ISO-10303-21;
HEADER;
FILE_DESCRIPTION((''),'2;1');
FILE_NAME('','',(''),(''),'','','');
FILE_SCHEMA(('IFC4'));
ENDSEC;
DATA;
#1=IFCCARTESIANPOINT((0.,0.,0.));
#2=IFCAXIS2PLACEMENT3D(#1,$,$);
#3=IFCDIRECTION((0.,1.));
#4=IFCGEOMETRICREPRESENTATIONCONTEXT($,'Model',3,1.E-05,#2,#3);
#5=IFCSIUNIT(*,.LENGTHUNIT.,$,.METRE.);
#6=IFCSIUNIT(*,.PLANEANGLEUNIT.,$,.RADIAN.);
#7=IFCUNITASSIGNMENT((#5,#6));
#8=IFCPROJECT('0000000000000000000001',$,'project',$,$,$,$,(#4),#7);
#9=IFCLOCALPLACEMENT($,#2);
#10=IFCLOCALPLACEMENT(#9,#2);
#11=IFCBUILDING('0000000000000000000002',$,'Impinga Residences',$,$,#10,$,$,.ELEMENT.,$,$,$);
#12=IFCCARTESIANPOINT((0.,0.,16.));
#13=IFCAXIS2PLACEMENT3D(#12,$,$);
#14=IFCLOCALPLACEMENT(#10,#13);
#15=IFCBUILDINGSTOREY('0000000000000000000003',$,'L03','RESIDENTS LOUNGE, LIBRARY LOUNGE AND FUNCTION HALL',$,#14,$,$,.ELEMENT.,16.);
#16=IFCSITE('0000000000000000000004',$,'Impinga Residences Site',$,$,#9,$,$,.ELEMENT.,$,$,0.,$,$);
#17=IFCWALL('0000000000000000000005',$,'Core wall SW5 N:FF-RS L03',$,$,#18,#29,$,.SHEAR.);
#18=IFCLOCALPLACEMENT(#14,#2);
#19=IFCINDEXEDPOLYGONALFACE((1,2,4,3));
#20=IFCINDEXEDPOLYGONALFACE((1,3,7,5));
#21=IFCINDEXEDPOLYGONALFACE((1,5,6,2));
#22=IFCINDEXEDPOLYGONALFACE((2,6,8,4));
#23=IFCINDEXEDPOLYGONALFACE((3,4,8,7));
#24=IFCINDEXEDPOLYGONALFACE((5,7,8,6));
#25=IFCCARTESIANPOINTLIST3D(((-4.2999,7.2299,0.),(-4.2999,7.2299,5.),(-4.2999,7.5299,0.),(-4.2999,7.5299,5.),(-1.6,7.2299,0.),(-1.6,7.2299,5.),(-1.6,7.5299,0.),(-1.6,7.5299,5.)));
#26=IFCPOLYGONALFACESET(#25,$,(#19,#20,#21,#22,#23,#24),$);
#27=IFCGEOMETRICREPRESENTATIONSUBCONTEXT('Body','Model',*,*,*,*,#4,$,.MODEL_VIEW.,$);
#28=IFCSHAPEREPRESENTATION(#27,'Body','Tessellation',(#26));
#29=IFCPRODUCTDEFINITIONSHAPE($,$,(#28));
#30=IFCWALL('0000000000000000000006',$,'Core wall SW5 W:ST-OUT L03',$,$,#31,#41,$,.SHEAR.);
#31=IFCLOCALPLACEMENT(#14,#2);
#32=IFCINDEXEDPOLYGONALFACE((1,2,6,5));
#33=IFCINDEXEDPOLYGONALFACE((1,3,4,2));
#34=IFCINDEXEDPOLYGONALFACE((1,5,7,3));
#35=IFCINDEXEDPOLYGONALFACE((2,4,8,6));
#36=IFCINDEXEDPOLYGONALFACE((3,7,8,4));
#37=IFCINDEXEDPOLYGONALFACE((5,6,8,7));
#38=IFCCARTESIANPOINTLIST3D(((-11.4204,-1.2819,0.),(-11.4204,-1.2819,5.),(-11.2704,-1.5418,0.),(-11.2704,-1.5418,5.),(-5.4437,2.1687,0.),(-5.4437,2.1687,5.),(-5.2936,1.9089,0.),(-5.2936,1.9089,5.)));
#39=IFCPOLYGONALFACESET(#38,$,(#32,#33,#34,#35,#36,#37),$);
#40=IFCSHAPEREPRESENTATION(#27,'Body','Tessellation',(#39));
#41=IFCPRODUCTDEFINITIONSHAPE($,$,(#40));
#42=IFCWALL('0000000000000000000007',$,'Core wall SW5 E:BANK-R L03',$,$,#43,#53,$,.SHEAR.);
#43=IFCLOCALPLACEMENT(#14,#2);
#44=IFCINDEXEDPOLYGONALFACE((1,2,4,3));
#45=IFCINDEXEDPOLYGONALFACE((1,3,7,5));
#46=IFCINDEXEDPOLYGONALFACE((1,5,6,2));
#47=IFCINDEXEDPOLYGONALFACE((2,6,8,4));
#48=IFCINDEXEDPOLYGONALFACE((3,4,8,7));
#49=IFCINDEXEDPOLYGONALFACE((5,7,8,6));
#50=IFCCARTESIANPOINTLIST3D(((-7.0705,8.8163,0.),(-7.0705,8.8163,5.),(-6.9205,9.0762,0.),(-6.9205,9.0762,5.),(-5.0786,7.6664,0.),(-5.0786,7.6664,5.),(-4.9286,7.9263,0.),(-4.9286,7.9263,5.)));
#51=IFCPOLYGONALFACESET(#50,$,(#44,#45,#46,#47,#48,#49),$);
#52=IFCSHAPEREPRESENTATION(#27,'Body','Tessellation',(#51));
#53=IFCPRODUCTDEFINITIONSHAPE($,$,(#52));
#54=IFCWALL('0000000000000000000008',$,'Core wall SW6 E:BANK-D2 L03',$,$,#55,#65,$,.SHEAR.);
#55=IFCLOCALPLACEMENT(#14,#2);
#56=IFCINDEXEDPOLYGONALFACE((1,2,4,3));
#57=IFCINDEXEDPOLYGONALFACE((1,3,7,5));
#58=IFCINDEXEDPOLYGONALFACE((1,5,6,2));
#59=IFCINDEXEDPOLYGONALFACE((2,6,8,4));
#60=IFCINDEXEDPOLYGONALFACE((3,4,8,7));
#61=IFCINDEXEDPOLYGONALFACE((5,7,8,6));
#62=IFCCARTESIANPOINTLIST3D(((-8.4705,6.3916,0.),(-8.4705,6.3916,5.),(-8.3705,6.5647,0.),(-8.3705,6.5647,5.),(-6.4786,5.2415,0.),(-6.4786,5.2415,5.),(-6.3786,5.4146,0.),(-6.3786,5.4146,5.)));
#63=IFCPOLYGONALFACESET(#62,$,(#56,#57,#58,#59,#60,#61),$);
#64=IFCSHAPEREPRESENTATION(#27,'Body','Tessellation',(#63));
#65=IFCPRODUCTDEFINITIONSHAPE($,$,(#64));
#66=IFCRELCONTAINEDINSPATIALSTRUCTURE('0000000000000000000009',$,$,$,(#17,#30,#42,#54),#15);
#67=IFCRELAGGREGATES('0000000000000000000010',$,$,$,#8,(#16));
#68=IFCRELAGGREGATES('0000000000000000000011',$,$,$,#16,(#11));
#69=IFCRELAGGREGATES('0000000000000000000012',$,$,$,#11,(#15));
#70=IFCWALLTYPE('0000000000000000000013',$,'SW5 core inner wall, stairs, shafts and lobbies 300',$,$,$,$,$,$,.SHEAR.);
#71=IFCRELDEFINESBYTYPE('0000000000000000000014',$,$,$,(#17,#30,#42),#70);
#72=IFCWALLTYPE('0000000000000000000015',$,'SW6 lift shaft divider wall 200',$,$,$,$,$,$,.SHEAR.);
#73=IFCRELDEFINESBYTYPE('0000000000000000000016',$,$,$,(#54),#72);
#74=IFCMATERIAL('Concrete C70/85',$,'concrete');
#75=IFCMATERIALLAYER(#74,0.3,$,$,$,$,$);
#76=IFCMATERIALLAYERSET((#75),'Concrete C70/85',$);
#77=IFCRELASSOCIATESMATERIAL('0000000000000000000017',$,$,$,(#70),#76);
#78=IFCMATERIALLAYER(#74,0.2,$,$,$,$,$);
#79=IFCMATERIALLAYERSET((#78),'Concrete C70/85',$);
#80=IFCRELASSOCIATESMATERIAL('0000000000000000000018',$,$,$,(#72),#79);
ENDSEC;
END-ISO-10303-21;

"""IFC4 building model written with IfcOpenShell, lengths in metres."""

from ifc_helpers import new_model, si_unit, direction, frame, frame_2d, origin, place, context, subcontext, project, spatial, rectangle, extrude, material, layer, layer_set, type_object, element, save


model = new_model("IFC4")

# Units and contexts
model_context = context("Model", 3, precision=1e-05, world=origin(), true_north=direction((0.0, 1.0)))
body_context = subcontext(model_context, "Body", "Model", "MODEL_VIEW")
ifc_project = project(units=[si_unit("LENGTHUNIT", "METRE"), si_unit("PLANEANGLEUNIT", "RADIAN")], contexts=[model_context])

# Site, building, storey
site_placement = place(None, origin())
site = spatial("IfcSite", under=ifc_project, at=site_placement, Name="Impinga Residences Site", CompositionType="ELEMENT", RefElevation=0.0)
building_placement = place(site_placement, origin())
building = spatial("IfcBuilding", under=site, at=building_placement, Name="Impinga Residences", CompositionType="ELEMENT")
storey_placement = place(building_placement, frame((0.0, 0.0, 16.0)))
storey = spatial("IfcBuildingStorey", under=building, at=storey_placement, Name="L03", Description="RESIDENTS LOUNGE, LIBRARY LOUNGE AND FUNCTION HALL", CompositionType="ELEMENT", Elevation=16.0)

# Shared definitions
ifc_material_1 = material(Name="Concrete C70/85", Category="concrete")

# Shared definitions
ifc_layer_1 = layer(ifc_material_1, 0.3)
ifc_layer_set_1 = layer_set([ifc_layer_1], Name="Concrete C70/85")
wall_type_1 = type_object("IfcWallType", Name="SW5 core inner wall, stairs, shafts and lobbies 300", PredefinedType="SHEAR", material=ifc_layer_set_1)

# Walls
wall_1_placement = place(storey_placement, frame((-4.3, 7.3799, 0.0), z_axis=(0.0, 0.0, 1.0), x_axis=(1.0, 0.0, 0.0)))
element("IfcWall", 1, at=wall_1_placement, inside=storey, type_object=wall_type_1, Name="Core wall SW5 N:FF-RS L03", PredefinedType="SHEAR", context=body_context, shape_type="SweptSolid", body=[
    extrude(rectangle(XDim=2.7, YDim=0.3, at=frame_2d((1.3501, 0.0))), origin(), (0.0, 0.0, 1.0), 5.0),
])
wall_2_placement = place(storey_placement, frame((-5.3687, 2.0388, 0.0), z_axis=(0.0, 0.0, 1.0), x_axis=(-0.866027, -0.499997, 0.0)))
element("IfcWall", 2, at=wall_2_placement, inside=storey, type_object=wall_type_1, Name="Core wall SW5 W:ST-OUT L03", PredefinedType="SHEAR", context=body_context, shape_type="SweptSolid", body=[
    extrude(rectangle(XDim=6.9014, YDim=0.3, at=frame_2d((3.4507, 0.0))), origin(), (0.0, 0.0, 1.0), 5.0),
])
wall_3_placement = place(storey_placement, frame((-5.0037, 7.7964, 0.0), z_axis=(0.0, 0.0, 1.0), x_axis=(-0.866053, 0.499952, 0.0)))
element("IfcWall", 3, at=wall_3_placement, inside=storey, type_object=wall_type_1, Name="Core wall SW5 E:BANK-R L03", PredefinedType="SHEAR", context=body_context, shape_type="SweptSolid", body=[
    extrude(rectangle(XDim=2.3, YDim=0.3, at=frame_2d((1.1499, 0.0))), origin(), (0.0, 0.0, 1.0), 5.0),
])
ifc_layer_2 = layer(ifc_material_1, 0.2)
ifc_layer_set_2 = layer_set([ifc_layer_2], Name="Concrete C70/85")
wall_type_2 = type_object("IfcWallType", Name="SW6 lift shaft divider wall 200", PredefinedType="SHEAR", material=ifc_layer_set_2)
wall_4_placement = place(storey_placement, frame((-6.4287, 5.3281, 0.0), z_axis=(0.0, 0.0, 1.0), x_axis=(-0.866007, 0.500032, 0.0)))
element("IfcWall", 4, at=wall_4_placement, inside=storey, type_object=wall_type_2, Name="Core wall SW6 E:BANK-D2 L03", PredefinedType="SHEAR", context=body_context, shape_type="SweptSolid", body=[
    extrude(rectangle(XDim=2.3, YDim=0.2, at=frame_2d((1.1499, 0.0))), origin(), (0.0, 0.0, 1.0), 5.0),
])

save(model, "model.ifc")
